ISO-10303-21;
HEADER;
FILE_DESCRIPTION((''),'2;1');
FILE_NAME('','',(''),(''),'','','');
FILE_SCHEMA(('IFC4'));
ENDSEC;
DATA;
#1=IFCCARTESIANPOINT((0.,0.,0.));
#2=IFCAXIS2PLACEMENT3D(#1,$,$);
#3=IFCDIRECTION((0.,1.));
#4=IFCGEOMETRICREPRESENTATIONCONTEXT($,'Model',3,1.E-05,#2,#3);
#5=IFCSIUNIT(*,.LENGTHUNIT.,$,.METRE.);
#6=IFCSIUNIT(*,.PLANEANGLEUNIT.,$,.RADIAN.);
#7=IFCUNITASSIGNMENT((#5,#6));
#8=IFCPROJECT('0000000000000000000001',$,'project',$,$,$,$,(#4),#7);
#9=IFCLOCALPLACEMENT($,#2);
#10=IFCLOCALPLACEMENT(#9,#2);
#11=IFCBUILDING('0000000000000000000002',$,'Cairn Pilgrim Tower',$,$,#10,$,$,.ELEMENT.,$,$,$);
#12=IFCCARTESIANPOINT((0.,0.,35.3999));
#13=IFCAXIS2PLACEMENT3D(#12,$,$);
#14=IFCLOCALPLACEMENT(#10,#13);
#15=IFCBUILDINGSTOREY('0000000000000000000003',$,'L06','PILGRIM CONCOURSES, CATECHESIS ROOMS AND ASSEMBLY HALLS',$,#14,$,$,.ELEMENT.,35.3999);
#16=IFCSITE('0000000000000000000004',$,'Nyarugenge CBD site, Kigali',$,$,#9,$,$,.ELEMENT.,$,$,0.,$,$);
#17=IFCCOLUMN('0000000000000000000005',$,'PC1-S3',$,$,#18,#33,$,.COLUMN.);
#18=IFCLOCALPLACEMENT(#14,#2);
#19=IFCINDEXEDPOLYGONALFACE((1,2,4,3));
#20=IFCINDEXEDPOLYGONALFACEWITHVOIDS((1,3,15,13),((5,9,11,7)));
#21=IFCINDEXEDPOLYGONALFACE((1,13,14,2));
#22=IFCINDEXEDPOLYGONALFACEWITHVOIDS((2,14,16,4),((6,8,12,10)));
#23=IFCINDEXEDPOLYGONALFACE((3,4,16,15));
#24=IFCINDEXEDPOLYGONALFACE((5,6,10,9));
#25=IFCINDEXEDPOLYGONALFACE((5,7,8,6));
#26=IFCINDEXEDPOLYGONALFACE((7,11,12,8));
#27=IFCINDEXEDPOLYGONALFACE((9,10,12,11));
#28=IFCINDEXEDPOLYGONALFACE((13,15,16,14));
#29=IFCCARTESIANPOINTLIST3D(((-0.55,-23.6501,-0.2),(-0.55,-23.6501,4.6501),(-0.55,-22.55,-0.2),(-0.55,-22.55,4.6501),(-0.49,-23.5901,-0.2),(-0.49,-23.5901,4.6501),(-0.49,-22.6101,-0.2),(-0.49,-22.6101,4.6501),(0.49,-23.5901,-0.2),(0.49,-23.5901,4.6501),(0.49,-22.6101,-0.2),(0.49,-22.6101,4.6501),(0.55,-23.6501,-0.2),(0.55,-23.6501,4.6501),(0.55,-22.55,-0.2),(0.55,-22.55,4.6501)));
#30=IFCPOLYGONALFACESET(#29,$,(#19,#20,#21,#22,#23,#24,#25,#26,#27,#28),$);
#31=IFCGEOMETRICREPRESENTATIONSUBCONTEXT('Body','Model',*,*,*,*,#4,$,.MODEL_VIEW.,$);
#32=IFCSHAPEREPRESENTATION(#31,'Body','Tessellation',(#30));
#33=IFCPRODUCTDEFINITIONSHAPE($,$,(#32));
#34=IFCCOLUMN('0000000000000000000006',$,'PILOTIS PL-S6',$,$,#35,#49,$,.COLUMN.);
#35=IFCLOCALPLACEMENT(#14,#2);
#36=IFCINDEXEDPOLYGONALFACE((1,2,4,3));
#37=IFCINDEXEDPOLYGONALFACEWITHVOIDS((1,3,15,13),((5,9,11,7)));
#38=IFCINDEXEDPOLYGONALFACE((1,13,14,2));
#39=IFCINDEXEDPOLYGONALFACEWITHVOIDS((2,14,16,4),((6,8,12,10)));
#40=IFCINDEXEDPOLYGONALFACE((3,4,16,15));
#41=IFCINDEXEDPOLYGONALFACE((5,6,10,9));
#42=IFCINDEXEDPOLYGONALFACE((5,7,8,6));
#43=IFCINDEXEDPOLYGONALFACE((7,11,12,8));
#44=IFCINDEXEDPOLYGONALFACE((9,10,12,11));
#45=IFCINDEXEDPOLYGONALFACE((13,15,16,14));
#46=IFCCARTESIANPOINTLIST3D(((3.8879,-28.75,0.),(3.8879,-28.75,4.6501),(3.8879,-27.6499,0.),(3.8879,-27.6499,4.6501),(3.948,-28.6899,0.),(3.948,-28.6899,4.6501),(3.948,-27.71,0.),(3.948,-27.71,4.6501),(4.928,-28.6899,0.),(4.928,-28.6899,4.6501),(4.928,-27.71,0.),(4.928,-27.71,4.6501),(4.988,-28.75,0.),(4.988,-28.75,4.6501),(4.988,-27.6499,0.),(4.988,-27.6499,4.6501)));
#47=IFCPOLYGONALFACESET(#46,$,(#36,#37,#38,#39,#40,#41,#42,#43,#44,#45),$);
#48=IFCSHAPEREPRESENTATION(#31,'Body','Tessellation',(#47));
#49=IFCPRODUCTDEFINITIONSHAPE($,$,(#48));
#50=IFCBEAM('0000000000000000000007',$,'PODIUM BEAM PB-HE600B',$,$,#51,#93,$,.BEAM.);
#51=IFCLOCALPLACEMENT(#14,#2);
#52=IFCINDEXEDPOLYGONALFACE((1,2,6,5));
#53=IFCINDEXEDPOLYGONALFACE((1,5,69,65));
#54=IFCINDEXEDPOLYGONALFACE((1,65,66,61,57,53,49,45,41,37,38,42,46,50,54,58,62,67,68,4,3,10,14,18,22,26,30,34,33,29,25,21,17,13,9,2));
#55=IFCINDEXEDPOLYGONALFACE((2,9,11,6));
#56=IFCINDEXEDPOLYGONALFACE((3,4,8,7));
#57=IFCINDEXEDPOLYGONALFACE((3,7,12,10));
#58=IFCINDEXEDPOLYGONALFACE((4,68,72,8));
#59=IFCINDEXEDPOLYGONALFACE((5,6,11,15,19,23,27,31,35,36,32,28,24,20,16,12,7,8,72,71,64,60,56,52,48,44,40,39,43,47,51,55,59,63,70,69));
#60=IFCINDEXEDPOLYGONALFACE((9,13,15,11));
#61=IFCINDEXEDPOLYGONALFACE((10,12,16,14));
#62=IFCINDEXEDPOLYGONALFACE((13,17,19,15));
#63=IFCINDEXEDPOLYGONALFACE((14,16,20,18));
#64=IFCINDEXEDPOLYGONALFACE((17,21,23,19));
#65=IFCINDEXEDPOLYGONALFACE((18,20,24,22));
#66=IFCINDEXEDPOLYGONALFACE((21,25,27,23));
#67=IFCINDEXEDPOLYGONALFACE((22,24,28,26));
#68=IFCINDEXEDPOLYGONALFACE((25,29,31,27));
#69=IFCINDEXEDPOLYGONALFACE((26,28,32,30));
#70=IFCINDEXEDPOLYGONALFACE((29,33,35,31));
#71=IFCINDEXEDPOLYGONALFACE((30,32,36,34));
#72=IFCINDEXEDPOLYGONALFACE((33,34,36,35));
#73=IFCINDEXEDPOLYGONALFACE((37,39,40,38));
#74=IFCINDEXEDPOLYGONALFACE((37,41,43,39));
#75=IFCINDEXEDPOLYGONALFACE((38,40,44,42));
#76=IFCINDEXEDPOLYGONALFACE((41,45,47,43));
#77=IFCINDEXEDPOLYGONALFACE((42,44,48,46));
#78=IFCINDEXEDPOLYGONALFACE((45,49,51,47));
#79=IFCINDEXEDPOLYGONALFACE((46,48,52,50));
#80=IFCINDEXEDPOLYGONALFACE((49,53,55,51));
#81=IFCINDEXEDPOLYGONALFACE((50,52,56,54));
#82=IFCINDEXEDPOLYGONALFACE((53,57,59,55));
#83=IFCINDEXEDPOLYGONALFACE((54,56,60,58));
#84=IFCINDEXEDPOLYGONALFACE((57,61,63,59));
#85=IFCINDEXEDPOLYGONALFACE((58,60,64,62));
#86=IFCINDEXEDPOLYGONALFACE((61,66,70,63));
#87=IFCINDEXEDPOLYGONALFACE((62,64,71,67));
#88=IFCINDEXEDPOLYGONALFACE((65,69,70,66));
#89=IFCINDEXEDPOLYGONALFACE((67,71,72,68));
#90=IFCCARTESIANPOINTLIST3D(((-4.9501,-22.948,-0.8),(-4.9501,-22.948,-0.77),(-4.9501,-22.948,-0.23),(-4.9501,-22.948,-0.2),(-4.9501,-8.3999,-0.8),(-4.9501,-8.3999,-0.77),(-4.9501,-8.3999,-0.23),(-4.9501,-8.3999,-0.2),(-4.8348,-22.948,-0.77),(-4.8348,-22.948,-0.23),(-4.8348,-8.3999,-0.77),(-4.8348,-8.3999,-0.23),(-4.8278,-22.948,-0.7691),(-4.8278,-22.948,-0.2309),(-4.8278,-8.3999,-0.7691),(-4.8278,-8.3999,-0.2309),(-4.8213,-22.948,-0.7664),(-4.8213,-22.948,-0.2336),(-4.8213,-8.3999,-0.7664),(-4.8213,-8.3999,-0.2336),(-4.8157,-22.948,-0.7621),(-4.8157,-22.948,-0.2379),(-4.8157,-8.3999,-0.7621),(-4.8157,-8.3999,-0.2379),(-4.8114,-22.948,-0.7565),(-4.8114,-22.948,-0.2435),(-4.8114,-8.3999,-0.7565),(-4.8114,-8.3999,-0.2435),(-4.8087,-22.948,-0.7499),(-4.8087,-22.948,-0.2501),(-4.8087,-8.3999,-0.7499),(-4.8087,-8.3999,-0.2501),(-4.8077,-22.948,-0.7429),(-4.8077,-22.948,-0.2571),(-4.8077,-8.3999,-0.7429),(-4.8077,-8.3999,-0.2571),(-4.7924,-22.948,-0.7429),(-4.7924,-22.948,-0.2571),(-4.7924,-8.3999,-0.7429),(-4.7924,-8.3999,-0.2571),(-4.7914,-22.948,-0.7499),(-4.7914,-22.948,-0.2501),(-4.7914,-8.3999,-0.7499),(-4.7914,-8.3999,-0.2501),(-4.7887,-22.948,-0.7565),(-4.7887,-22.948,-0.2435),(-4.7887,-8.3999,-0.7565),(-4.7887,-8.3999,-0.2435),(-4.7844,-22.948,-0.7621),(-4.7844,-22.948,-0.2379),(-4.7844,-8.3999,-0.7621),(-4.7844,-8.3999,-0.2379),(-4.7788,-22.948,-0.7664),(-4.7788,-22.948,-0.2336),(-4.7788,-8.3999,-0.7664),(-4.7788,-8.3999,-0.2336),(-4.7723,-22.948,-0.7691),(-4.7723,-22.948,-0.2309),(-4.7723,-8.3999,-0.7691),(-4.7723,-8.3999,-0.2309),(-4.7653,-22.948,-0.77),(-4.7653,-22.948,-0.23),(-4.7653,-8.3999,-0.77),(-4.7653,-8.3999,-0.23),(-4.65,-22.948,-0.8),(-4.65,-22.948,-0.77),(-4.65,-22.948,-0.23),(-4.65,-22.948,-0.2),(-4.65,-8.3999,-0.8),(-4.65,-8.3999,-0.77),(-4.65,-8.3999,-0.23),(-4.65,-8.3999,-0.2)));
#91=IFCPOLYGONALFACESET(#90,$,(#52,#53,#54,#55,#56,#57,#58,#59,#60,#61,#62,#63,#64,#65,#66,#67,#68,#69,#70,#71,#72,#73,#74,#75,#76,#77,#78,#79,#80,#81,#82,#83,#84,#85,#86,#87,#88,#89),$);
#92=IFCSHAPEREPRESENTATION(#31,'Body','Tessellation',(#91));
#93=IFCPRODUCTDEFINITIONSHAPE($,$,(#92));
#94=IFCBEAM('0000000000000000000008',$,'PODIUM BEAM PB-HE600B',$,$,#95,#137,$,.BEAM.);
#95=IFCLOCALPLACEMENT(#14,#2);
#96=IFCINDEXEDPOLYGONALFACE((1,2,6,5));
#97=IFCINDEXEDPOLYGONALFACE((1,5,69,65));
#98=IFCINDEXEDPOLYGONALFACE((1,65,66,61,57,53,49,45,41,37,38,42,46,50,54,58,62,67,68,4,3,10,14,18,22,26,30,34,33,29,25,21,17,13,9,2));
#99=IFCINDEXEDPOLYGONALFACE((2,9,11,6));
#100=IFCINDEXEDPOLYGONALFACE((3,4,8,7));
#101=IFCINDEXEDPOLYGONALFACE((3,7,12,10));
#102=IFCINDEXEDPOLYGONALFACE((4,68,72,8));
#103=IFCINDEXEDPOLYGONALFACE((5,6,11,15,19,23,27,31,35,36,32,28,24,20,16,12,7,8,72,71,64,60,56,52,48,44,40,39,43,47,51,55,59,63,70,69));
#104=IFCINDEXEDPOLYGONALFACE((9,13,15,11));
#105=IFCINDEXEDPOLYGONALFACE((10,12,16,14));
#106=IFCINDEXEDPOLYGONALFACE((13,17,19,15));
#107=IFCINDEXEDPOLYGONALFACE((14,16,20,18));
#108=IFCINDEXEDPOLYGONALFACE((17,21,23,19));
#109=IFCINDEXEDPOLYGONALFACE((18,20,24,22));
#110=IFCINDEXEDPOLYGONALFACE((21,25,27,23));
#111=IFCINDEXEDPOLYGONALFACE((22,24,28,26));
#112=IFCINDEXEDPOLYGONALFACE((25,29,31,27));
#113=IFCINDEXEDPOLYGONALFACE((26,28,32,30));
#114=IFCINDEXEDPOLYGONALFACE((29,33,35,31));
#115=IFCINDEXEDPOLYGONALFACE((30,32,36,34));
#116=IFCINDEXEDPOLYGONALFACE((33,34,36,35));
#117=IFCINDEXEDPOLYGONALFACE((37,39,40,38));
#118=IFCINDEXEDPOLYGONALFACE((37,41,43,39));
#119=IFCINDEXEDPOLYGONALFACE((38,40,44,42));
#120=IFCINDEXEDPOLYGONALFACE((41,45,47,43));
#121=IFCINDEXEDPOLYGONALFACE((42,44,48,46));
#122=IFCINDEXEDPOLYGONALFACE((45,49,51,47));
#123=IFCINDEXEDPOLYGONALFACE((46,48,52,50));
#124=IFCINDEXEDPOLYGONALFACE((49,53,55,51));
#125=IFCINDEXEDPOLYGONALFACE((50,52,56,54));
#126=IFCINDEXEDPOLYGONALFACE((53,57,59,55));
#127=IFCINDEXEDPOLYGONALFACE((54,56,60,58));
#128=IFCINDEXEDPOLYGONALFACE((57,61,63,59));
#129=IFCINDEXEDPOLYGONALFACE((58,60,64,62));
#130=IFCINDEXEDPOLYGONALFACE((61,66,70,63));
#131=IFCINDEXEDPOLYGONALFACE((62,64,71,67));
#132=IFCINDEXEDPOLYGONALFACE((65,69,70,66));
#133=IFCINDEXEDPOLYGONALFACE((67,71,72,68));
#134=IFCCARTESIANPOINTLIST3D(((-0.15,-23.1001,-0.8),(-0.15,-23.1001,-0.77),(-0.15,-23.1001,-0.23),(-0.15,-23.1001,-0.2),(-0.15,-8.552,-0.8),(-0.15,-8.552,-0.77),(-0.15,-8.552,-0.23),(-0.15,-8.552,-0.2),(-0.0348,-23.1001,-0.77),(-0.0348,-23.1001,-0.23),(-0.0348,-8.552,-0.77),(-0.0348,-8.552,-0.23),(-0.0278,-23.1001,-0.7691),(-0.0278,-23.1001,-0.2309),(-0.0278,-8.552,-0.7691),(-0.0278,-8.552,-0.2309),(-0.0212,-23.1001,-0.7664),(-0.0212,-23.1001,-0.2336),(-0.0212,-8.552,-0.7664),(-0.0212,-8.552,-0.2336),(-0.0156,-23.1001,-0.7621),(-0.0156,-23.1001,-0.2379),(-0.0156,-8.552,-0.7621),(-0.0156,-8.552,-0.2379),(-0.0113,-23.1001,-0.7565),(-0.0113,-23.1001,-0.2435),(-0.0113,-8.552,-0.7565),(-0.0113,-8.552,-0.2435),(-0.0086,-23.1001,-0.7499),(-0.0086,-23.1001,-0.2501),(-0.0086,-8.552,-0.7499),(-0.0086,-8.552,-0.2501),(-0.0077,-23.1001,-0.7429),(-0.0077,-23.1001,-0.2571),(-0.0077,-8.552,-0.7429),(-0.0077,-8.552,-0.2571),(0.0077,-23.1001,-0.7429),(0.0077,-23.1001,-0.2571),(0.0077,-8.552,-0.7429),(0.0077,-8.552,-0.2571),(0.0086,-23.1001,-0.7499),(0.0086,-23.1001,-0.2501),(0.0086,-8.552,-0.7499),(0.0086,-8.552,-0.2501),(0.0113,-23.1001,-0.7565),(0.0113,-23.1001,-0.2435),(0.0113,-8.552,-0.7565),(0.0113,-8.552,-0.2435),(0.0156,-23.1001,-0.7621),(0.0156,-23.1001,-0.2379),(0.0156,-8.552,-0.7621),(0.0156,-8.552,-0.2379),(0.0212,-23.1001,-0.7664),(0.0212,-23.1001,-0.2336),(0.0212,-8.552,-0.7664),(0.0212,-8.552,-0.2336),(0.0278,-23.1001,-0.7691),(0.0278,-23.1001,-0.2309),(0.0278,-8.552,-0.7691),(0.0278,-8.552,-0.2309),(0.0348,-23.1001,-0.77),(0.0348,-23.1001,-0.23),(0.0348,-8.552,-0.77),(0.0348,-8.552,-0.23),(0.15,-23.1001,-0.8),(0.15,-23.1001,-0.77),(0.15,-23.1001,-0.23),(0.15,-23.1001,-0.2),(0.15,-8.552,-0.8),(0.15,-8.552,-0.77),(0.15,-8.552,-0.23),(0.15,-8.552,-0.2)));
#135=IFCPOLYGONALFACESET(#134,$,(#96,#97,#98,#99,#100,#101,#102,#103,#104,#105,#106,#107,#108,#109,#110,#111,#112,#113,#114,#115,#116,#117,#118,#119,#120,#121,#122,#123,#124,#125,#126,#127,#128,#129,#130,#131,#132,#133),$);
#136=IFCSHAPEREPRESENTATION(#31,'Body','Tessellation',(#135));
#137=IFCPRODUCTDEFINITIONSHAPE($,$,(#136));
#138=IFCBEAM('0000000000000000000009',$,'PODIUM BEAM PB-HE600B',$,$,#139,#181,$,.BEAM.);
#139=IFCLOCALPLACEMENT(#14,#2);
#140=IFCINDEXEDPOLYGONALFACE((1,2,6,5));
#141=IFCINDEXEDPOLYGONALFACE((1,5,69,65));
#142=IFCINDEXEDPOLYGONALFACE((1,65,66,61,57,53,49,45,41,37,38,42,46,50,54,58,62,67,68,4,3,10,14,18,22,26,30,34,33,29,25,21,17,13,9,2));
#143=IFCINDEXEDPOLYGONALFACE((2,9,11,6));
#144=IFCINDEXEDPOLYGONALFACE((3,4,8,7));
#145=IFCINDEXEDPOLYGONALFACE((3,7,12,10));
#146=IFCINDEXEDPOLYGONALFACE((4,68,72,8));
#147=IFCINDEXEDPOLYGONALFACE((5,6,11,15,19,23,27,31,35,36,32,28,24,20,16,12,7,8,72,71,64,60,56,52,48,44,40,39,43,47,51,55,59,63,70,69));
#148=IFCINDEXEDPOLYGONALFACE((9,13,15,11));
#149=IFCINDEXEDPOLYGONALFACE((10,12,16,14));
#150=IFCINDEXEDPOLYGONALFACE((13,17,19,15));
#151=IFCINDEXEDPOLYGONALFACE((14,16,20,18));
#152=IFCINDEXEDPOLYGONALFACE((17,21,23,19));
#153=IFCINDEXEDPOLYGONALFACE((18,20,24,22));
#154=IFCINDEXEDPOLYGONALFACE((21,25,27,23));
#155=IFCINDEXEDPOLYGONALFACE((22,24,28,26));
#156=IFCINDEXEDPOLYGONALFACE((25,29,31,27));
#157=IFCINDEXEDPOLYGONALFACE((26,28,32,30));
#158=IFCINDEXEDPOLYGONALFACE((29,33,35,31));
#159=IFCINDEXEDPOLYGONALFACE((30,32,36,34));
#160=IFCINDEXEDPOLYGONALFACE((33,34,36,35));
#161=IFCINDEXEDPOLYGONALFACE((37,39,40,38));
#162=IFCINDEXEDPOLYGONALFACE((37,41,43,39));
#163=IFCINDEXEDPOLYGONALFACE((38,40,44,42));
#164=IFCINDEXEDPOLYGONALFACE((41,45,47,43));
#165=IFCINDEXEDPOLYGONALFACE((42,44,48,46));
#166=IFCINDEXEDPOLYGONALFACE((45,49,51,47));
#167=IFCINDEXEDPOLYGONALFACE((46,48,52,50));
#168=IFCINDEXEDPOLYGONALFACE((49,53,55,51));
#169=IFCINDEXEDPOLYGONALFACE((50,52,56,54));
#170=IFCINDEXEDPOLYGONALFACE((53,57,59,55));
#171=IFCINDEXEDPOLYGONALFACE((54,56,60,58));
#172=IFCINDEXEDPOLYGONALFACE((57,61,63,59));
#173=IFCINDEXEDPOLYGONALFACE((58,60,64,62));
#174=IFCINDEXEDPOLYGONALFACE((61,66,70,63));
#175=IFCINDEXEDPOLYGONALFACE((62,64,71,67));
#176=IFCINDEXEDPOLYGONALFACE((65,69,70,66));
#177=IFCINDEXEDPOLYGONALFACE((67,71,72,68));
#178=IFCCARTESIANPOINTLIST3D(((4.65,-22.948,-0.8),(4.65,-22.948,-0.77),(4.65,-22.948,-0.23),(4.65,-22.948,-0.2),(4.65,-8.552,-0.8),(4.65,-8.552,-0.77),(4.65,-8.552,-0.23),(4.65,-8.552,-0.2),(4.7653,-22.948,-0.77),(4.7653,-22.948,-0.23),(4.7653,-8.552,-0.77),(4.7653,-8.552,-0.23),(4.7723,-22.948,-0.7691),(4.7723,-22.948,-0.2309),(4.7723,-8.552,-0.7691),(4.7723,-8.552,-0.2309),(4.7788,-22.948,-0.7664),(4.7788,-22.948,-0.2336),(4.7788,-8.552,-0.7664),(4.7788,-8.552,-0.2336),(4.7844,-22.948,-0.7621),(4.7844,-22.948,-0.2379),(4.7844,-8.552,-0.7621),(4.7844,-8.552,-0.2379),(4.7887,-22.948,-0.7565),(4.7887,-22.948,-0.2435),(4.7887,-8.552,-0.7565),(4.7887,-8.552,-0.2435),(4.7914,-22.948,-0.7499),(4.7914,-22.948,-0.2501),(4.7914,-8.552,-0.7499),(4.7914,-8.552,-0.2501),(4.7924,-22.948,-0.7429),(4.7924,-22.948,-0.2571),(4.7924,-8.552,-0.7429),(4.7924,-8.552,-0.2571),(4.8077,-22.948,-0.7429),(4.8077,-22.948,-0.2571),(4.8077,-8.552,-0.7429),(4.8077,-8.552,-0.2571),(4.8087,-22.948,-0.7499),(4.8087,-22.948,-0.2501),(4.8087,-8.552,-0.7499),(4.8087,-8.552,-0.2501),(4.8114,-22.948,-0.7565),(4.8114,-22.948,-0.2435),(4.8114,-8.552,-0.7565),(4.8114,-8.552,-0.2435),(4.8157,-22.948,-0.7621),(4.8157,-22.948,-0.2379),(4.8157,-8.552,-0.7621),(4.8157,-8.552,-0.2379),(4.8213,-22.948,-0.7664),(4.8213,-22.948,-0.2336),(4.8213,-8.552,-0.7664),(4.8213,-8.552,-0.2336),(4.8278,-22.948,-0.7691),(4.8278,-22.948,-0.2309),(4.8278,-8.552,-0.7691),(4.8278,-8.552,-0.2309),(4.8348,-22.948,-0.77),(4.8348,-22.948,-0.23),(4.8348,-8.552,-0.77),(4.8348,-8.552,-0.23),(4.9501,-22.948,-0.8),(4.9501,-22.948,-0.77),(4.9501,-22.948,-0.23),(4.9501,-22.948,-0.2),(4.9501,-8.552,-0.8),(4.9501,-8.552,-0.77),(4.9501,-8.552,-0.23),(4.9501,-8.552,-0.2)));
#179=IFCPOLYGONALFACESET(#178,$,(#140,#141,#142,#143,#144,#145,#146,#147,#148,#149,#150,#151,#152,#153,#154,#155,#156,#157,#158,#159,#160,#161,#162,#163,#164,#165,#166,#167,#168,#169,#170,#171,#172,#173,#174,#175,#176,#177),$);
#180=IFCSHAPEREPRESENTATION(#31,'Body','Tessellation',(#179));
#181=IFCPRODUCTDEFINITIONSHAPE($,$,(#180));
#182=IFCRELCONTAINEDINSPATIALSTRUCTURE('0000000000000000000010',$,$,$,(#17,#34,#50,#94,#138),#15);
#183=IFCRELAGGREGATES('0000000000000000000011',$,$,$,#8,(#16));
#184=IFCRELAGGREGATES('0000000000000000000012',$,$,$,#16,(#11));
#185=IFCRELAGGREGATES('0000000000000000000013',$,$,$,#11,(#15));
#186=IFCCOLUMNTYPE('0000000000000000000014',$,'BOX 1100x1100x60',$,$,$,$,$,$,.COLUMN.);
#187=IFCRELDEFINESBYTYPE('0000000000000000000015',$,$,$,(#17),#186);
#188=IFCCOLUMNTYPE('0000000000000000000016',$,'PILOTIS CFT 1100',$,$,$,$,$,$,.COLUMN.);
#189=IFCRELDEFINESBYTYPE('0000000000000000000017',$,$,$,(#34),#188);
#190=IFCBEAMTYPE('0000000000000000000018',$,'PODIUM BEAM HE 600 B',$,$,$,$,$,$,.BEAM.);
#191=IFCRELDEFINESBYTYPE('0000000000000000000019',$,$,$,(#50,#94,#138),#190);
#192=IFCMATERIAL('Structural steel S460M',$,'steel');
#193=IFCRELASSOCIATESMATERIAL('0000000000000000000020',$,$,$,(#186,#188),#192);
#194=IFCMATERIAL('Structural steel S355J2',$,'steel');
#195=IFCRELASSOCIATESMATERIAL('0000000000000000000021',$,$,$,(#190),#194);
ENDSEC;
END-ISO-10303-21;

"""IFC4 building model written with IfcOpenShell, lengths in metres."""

from ifc_helpers import new_model, si_unit, direction, frame, origin, origin_2d, place, context, subcontext, project, spatial, hollow_rectangle, i_section, extrude, material, material_profile, profile_set, type_object, element, save


model = new_model("IFC4")

# Units and contexts
model_context = context("Model", 3, precision=1e-05, world=origin(), true_north=direction((0.0, 1.0)))
body_context = subcontext(model_context, "Body", "Model", "MODEL_VIEW")
ifc_project = project(units=[si_unit("LENGTHUNIT", "METRE"), si_unit("PLANEANGLEUNIT", "RADIAN")], contexts=[model_context])

# Site, building, storey
site_placement = place(None, origin())
site = spatial("IfcSite", under=ifc_project, at=site_placement, Name="Nyarugenge CBD site, Kigali", CompositionType="ELEMENT", RefElevation=0.0)
building_placement = place(site_placement, origin())
building = spatial("IfcBuilding", under=site, at=building_placement, Name="Cairn Pilgrim Tower", CompositionType="ELEMENT")
storey_placement = place(building_placement, frame((0.0, 0.0, 35.3999)))
storey = spatial("IfcBuildingStorey", under=building, at=storey_placement, Name="L06", Description="PILGRIM CONCOURSES, CATECHESIS ROOMS AND ASSEMBLY HALLS", CompositionType="ELEMENT", Elevation=35.3999)

# Columns
ifc_material_1 = material(Name="Structural steel S460M", Category="steel")
ifc_material_profile_1 = material_profile(ifc_material_1, hollow_rectangle(XDim=1.1001, YDim=1.1001, WallThickness=0.0601, at=origin_2d()), Name="BOX 1100x1100x60")
ifc_profile_set_1 = profile_set([ifc_material_profile_1], Name="Structural steel S460M")
column_type_1 = type_object("IfcColumnType", Name="BOX 1100x1100x60", PredefinedType="COLUMN", material=ifc_profile_set_1)
column_1_placement = place(storey_placement, frame((0.0, -23.1001, -0.2), z_axis=(0.0, 0.0, 1.0), x_axis=(1.0, 0.0, 0.0)))
element("IfcColumn", 1, at=column_1_placement, inside=storey, type_object=column_type_1, Name="PC1-S3", PredefinedType="COLUMN", context=body_context, shape_type="SweptSolid", body=[
    extrude(hollow_rectangle(XDim=1.1001, YDim=1.1001, WallThickness=0.0601, at=origin_2d()), origin(), (0.0, 0.0, 1.0), 4.8501),
])
ifc_material_profile_2 = material_profile(ifc_material_1, hollow_rectangle(XDim=1.1001, YDim=1.1001, WallThickness=0.0601, at=origin_2d()), Name="BOX 1100x1100x60")
ifc_profile_set_2 = profile_set([ifc_material_profile_2], Name="Structural steel S460M")
column_type_2 = type_object("IfcColumnType", Name="PILOTIS CFT 1100", PredefinedType="COLUMN", material=ifc_profile_set_2)
column_2_placement = place(storey_placement, frame((4.438, -28.2, 0.0), z_axis=(0.0, 0.0, 1.0), x_axis=(1.0, 0.0, 0.0)))
element("IfcColumn", 2, at=column_2_placement, inside=storey, type_object=column_type_2, Name="PILOTIS PL-S6", PredefinedType="COLUMN", context=body_context, shape_type="SweptSolid", body=[
    extrude(hollow_rectangle(XDim=1.1001, YDim=1.1001, WallThickness=0.0601, at=origin_2d()), origin(), (0.0, 0.0, 1.0), 4.6501),
])

# Beams
ifc_material_2 = material(Name="Structural steel S355J2", Category="steel")
ifc_material_profile_3 = material_profile(ifc_material_2, i_section(OverallWidth=0.3, OverallDepth=0.6001, WebThickness=0.0154, FlangeThickness=0.03, FilletRadius=0.0271, at=origin_2d()), Name="HEB 600")
ifc_profile_set_3 = profile_set([ifc_material_profile_3], Name="Structural steel S355J2")
beam_type_1 = type_object("IfcBeamType", Name="PODIUM BEAM HE 600 B", PredefinedType="BEAM", material=ifc_profile_set_3)
for number, where, z_axis, x_axis, name in (
    (3, (-4.8, -22.948, -0.5), (0.0, 1.0, 0.0), (-1.0, 0.0, 0.0), "PODIUM BEAM PB-HE600B"),
    (4, (0.0, -23.1001, -0.5), (0.0, 1.0, 0.0), (-1.0, 0.0, 0.0), "PODIUM BEAM PB-HE600B"),
):
    element("IfcBeam", number, at=place(storey_placement, frame(where, z_axis=z_axis, x_axis=x_axis)), inside=storey, type_object=beam_type_1, Name=name, PredefinedType="BEAM", context=body_context, shape_type="SweptSolid", body=[
        extrude(i_section(OverallWidth=0.3, OverallDepth=0.6001, WebThickness=0.0154, FlangeThickness=0.03, FilletRadius=0.0271, at=origin_2d()), origin(), (0.0, 0.0, 1.0), 14.5481),
    ])
beam_1_placement = place(storey_placement, frame((4.8, -22.948, -0.5), z_axis=(0.0, 1.0, 0.0), x_axis=(-1.0, 0.0, 0.0)))
element("IfcBeam", 5, at=beam_1_placement, inside=storey, type_object=beam_type_1, Name="PODIUM BEAM PB-HE600B", PredefinedType="BEAM", context=body_context, shape_type="SweptSolid", body=[
    extrude(i_section(OverallWidth=0.3, OverallDepth=0.6001, WebThickness=0.0154, FlangeThickness=0.03, FilletRadius=0.0271, at=origin_2d()), origin(), (0.0, 0.0, 1.0), 14.396),
])

save(model, "model.ifc")
